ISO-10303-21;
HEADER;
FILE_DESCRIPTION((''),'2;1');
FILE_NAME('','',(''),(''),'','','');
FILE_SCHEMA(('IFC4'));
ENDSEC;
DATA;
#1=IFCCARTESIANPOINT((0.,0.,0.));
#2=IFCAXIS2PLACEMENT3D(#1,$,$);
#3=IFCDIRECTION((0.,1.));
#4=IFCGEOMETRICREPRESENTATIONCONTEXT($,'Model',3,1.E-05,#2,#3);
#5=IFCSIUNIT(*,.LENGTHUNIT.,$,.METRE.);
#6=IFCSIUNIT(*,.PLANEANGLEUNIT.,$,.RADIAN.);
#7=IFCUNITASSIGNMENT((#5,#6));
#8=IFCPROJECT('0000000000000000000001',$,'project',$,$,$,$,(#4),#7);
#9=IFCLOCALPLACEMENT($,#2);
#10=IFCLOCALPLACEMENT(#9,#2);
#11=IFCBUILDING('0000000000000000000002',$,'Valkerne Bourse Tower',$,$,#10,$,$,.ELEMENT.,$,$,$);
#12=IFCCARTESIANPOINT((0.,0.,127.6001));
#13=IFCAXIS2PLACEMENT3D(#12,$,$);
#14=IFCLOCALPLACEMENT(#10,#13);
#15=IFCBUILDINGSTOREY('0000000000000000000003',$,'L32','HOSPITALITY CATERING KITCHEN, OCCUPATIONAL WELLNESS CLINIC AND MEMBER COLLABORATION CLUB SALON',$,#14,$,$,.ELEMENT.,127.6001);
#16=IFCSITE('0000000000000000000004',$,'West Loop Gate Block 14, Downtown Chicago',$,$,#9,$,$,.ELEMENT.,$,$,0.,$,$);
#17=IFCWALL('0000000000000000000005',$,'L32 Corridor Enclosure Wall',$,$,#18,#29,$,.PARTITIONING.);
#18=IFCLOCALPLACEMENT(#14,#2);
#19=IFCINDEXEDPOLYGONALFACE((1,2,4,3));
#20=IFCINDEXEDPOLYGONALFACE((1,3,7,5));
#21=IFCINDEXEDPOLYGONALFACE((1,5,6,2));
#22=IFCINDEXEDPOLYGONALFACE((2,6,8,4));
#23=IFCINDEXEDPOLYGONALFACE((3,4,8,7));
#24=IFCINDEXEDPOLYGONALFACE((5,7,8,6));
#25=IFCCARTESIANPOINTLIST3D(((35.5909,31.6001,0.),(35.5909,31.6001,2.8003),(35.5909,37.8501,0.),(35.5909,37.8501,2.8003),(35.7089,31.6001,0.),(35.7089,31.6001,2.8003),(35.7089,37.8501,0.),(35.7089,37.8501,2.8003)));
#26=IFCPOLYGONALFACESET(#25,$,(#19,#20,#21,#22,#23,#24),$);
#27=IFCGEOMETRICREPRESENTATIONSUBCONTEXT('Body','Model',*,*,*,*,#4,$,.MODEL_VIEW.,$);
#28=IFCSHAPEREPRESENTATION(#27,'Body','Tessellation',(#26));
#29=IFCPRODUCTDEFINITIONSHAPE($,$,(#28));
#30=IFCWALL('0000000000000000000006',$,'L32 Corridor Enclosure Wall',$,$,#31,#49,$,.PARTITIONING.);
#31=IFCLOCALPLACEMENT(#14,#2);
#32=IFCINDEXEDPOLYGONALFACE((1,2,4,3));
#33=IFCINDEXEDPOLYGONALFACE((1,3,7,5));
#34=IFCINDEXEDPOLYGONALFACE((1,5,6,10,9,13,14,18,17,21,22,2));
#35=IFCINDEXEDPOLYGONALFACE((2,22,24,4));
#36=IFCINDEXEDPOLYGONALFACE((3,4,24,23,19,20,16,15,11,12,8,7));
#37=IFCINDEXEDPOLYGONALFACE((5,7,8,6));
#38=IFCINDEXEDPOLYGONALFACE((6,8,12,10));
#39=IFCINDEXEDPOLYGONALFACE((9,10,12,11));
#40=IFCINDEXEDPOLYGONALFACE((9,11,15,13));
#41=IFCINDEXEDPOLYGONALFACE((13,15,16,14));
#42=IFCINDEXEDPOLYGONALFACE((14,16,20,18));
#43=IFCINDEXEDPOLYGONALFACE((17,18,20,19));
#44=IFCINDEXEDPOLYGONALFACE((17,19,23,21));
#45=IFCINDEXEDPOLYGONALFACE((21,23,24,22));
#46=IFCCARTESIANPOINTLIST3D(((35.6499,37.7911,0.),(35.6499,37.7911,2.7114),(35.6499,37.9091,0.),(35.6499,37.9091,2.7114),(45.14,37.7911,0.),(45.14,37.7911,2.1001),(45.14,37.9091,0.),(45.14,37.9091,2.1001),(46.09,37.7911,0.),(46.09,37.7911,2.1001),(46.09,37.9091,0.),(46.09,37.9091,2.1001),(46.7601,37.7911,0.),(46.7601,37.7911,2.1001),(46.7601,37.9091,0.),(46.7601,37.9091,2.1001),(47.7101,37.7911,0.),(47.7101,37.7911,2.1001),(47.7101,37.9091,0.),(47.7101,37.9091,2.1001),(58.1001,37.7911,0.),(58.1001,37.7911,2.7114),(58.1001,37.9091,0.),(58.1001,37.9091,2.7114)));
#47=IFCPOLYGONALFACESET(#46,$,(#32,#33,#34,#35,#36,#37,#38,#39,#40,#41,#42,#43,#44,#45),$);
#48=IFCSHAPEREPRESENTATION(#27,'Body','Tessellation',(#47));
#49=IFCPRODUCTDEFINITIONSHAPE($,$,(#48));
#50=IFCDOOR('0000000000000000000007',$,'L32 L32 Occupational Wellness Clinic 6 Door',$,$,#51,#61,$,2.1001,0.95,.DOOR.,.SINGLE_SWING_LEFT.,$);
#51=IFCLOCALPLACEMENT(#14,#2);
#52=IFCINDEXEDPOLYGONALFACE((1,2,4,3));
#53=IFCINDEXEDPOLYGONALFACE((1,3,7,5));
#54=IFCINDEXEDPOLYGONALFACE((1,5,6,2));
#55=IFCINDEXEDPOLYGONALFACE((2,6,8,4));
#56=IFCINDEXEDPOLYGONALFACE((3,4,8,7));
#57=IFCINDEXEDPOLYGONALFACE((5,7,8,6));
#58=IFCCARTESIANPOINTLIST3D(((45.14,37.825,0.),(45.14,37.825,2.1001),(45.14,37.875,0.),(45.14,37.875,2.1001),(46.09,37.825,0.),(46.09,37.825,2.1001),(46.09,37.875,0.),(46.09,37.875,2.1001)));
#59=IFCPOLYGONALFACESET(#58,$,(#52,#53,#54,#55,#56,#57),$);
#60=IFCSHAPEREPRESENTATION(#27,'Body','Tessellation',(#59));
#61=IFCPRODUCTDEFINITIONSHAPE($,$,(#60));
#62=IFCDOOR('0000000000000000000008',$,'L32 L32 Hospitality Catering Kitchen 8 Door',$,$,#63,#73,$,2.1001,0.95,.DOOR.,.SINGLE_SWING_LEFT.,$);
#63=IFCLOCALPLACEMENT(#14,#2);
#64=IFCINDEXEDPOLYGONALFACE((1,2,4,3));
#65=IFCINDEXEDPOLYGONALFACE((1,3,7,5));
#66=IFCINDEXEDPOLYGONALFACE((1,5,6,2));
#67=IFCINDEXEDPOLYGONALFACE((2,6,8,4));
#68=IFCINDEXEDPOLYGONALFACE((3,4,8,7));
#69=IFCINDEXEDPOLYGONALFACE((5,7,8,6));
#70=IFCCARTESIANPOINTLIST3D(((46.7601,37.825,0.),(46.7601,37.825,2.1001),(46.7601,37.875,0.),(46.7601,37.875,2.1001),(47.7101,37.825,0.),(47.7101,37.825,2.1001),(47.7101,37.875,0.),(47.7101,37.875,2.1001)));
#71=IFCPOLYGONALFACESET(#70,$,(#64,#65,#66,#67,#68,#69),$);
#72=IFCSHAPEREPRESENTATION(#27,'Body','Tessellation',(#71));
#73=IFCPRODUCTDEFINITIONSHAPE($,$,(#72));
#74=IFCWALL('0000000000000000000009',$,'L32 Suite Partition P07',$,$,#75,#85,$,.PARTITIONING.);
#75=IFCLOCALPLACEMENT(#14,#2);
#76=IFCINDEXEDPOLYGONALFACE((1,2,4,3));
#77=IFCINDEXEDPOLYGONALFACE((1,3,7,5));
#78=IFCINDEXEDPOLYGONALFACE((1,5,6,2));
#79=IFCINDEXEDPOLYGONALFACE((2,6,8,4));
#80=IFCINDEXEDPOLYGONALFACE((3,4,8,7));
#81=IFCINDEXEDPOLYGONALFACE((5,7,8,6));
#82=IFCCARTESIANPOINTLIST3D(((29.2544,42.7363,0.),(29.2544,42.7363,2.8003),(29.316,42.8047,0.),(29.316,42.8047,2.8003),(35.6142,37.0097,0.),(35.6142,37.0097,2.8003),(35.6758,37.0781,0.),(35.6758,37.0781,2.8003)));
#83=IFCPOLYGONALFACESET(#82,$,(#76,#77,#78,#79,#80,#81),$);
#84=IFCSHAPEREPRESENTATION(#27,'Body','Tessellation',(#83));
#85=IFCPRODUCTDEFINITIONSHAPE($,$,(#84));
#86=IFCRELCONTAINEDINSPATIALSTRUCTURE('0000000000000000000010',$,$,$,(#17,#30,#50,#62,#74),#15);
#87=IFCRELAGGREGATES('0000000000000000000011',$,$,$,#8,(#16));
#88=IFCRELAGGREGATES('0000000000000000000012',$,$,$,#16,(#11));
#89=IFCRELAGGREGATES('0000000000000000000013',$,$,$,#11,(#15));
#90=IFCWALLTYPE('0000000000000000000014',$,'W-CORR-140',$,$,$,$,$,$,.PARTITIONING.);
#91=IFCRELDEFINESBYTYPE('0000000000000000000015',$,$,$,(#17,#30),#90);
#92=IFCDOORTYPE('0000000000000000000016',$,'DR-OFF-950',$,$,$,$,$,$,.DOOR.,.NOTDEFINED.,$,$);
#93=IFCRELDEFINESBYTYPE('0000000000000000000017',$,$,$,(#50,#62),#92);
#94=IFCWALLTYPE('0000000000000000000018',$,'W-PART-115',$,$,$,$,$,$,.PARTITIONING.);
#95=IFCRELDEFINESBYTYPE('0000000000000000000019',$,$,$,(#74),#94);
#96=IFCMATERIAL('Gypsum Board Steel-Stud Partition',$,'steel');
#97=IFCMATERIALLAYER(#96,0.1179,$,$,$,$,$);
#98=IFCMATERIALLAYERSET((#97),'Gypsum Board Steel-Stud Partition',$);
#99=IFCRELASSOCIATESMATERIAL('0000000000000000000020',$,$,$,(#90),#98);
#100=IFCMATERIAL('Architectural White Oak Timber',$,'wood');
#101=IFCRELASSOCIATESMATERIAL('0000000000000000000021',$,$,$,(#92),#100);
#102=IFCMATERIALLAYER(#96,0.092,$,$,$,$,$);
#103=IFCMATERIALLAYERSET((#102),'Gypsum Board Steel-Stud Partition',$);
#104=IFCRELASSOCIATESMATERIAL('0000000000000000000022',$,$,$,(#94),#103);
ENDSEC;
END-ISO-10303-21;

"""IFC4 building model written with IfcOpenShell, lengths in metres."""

from ifc_helpers import new_model, si_unit, direction, frame, frame_2d, origin, place, context, subcontext, project, spatial, rectangle, extrude, material, layer, layer_set, type_object, element, fill, save


model = new_model("IFC4")

# Units and contexts
model_context = context("Model", 3, precision=1e-05, world=origin(), true_north=direction((0.0, 1.0)))
body_context = subcontext(model_context, "Body", "Model", "MODEL_VIEW")
ifc_project = project(units=[si_unit("LENGTHUNIT", "METRE"), si_unit("PLANEANGLEUNIT", "RADIAN")], contexts=[model_context])

# Site, building, storey
site_placement = place(None, origin())
site = spatial("IfcSite", under=ifc_project, at=site_placement, Name="West Loop Gate Block 14, Downtown Chicago", CompositionType="ELEMENT", RefElevation=0.0)
building_placement = place(site_placement, origin())
building = spatial("IfcBuilding", under=site, at=building_placement, Name="Valkerne Bourse Tower", CompositionType="ELEMENT")
storey_placement = place(building_placement, frame((0.0, 0.0, 127.6001)))
storey = spatial("IfcBuildingStorey", under=building, at=storey_placement, Name="L32", Description="HOSPITALITY CATERING KITCHEN, OCCUPATIONAL WELLNESS CLINIC AND MEMBER COLLABORATION CLUB SALON", CompositionType="ELEMENT", Elevation=127.6001)

# Wall
ifc_material_1 = material(Name="Gypsum Board Steel-Stud Partition", Category="steel")
ifc_layer_1 = layer(ifc_material_1, 0.1179)
ifc_layer_set_1 = layer_set([ifc_layer_1], Name="Gypsum Board Steel-Stud Partition")
wall_type_1 = type_object("IfcWallType", Name="W-CORR-140", PredefinedType="PARTITIONING", material=ifc_layer_set_1)
wall_1_placement = place(storey_placement, frame((35.6499, 31.6001, 0.0), z_axis=(0.0, 0.0, 1.0), x_axis=(0.0, 1.0, 0.0)))
element("IfcWall", 1, at=wall_1_placement, inside=storey, type_object=wall_type_1, Name="L32 Corridor Enclosure Wall", PredefinedType="PARTITIONING", context=body_context, shape_type="SweptSolid", body=[
    extrude(rectangle(XDim=6.25, YDim=0.1179, at=frame_2d((3.125, 0.0))), origin(), (0.0, 0.0, 1.0), 2.8003),
])

# Wall, openings, doors
wall_2_placement = place(storey_placement, frame((35.6499, 37.8501, 0.0), z_axis=(0.0, 0.0, 1.0), x_axis=(1.0, 0.0, 0.0)))
wall_2 = element("IfcWall", 2, at=wall_2_placement, inside=storey, type_object=wall_type_1, Name="L32 Corridor Enclosure Wall", PredefinedType="PARTITIONING", context=body_context, shape_type="SweptSolid", body=[
    extrude(rectangle(XDim=22.4502, YDim=0.1179, at=frame_2d((11.2251, 0.0))), origin(), (0.0, 0.0, 1.0), 2.7114),
])
opening_1_placement = place(wall_2_placement, frame((9.49, 0.0, 0.0)))
opening_1 = element("IfcOpeningElement", 3, at=opening_1_placement, cuts=wall_2, PredefinedType="OPENING", context=body_context, shape_type="SweptSolid", body=[
    extrude(rectangle(XDim=0.95, YDim=2.1001, at=frame_2d((0.4751, 1.05))), frame((0.0, 0.0688, 0.0), z_axis=(0.0, -1.0, 0.0), x_axis=(1.0, 0.0, 0.0)), (0.0, 0.0, 1.0), 0.1379),
])
opening_2_placement = place(wall_2_placement, frame((11.1101, 0.0, 0.0)))
opening_2 = element("IfcOpeningElement", 4, at=opening_2_placement, cuts=wall_2, PredefinedType="OPENING", context=body_context, shape_type="SweptSolid", body=[
    extrude(rectangle(XDim=0.95, YDim=2.1001, at=frame_2d((0.4751, 1.05))), frame((0.0, 0.0688, 0.0), z_axis=(0.0, -1.0, 0.0), x_axis=(1.0, 0.0, 0.0)), (0.0, 0.0, 1.0), 0.1379),
])
ifc_material_2 = material(Name="Architectural White Oak Timber", Category="wood")
door_type_1 = type_object("IfcDoorType", Name="DR-OFF-950", OperationType="NOTDEFINED", PredefinedType="DOOR", material=ifc_material_2)
door_1_placement = place(opening_1_placement, origin())
door_1 = element("IfcDoor", 5, at=door_1_placement, inside=storey, type_object=door_type_1, Name="L32 L32 Occupational Wellness Clinic 6 Door", OperationType="SINGLE_SWING_LEFT", OverallHeight=2.1001, OverallWidth=0.95, PredefinedType="DOOR", context=body_context, shape_type="SweptSolid", body=[
    extrude(rectangle(XDim=0.95, YDim=2.1001, at=frame_2d((0.4751, 1.05))), frame((0.0, 0.0249, 0.0), z_axis=(0.0, -1.0, 0.0), x_axis=(1.0, 0.0, 0.0)), (0.0, 0.0, 1.0), 0.05),
])
fill(opening_1, door_1)
door_2_placement = place(opening_2_placement, origin())
door_2 = element("IfcDoor", 6, at=door_2_placement, inside=storey, type_object=door_type_1, Name="L32 L32 Hospitality Catering Kitchen 8 Door", OperationType="SINGLE_SWING_LEFT", OverallHeight=2.1001, OverallWidth=0.95, PredefinedType="DOOR", context=body_context, shape_type="SweptSolid", body=[
    extrude(rectangle(XDim=0.95, YDim=2.1001, at=frame_2d((0.4751, 1.05))), frame((0.0, 0.0249, 0.0), z_axis=(0.0, -1.0, 0.0), x_axis=(1.0, 0.0, 0.0)), (0.0, 0.0, 1.0), 0.05),
])
fill(opening_2, door_2)

# Wall
ifc_layer_2 = layer(ifc_material_1, 0.092)
ifc_layer_set_2 = layer_set([ifc_layer_2], Name="Gypsum Board Steel-Stud Partition")
wall_type_2 = type_object("IfcWallType", Name="W-PART-115", PredefinedType="PARTITIONING", material=ifc_layer_set_2)
wall_3_placement = place(storey_placement, frame((35.645, 37.0439, 0.0), z_axis=(0.0, 0.0, 1.0), x_axis=(-0.743138, 0.669138, 0.0)))
element("IfcWall", 7, at=wall_3_placement, inside=storey, type_object=wall_type_2, Name="L32 Suite Partition P07", PredefinedType="PARTITIONING", context=body_context, shape_type="SweptSolid", body=[
    extrude(rectangle(XDim=8.5581, YDim=0.092, at=frame_2d((4.2791, 0.0))), origin(), (0.0, 0.0, 1.0), 2.8003),
])

save(model, "model.ifc")
